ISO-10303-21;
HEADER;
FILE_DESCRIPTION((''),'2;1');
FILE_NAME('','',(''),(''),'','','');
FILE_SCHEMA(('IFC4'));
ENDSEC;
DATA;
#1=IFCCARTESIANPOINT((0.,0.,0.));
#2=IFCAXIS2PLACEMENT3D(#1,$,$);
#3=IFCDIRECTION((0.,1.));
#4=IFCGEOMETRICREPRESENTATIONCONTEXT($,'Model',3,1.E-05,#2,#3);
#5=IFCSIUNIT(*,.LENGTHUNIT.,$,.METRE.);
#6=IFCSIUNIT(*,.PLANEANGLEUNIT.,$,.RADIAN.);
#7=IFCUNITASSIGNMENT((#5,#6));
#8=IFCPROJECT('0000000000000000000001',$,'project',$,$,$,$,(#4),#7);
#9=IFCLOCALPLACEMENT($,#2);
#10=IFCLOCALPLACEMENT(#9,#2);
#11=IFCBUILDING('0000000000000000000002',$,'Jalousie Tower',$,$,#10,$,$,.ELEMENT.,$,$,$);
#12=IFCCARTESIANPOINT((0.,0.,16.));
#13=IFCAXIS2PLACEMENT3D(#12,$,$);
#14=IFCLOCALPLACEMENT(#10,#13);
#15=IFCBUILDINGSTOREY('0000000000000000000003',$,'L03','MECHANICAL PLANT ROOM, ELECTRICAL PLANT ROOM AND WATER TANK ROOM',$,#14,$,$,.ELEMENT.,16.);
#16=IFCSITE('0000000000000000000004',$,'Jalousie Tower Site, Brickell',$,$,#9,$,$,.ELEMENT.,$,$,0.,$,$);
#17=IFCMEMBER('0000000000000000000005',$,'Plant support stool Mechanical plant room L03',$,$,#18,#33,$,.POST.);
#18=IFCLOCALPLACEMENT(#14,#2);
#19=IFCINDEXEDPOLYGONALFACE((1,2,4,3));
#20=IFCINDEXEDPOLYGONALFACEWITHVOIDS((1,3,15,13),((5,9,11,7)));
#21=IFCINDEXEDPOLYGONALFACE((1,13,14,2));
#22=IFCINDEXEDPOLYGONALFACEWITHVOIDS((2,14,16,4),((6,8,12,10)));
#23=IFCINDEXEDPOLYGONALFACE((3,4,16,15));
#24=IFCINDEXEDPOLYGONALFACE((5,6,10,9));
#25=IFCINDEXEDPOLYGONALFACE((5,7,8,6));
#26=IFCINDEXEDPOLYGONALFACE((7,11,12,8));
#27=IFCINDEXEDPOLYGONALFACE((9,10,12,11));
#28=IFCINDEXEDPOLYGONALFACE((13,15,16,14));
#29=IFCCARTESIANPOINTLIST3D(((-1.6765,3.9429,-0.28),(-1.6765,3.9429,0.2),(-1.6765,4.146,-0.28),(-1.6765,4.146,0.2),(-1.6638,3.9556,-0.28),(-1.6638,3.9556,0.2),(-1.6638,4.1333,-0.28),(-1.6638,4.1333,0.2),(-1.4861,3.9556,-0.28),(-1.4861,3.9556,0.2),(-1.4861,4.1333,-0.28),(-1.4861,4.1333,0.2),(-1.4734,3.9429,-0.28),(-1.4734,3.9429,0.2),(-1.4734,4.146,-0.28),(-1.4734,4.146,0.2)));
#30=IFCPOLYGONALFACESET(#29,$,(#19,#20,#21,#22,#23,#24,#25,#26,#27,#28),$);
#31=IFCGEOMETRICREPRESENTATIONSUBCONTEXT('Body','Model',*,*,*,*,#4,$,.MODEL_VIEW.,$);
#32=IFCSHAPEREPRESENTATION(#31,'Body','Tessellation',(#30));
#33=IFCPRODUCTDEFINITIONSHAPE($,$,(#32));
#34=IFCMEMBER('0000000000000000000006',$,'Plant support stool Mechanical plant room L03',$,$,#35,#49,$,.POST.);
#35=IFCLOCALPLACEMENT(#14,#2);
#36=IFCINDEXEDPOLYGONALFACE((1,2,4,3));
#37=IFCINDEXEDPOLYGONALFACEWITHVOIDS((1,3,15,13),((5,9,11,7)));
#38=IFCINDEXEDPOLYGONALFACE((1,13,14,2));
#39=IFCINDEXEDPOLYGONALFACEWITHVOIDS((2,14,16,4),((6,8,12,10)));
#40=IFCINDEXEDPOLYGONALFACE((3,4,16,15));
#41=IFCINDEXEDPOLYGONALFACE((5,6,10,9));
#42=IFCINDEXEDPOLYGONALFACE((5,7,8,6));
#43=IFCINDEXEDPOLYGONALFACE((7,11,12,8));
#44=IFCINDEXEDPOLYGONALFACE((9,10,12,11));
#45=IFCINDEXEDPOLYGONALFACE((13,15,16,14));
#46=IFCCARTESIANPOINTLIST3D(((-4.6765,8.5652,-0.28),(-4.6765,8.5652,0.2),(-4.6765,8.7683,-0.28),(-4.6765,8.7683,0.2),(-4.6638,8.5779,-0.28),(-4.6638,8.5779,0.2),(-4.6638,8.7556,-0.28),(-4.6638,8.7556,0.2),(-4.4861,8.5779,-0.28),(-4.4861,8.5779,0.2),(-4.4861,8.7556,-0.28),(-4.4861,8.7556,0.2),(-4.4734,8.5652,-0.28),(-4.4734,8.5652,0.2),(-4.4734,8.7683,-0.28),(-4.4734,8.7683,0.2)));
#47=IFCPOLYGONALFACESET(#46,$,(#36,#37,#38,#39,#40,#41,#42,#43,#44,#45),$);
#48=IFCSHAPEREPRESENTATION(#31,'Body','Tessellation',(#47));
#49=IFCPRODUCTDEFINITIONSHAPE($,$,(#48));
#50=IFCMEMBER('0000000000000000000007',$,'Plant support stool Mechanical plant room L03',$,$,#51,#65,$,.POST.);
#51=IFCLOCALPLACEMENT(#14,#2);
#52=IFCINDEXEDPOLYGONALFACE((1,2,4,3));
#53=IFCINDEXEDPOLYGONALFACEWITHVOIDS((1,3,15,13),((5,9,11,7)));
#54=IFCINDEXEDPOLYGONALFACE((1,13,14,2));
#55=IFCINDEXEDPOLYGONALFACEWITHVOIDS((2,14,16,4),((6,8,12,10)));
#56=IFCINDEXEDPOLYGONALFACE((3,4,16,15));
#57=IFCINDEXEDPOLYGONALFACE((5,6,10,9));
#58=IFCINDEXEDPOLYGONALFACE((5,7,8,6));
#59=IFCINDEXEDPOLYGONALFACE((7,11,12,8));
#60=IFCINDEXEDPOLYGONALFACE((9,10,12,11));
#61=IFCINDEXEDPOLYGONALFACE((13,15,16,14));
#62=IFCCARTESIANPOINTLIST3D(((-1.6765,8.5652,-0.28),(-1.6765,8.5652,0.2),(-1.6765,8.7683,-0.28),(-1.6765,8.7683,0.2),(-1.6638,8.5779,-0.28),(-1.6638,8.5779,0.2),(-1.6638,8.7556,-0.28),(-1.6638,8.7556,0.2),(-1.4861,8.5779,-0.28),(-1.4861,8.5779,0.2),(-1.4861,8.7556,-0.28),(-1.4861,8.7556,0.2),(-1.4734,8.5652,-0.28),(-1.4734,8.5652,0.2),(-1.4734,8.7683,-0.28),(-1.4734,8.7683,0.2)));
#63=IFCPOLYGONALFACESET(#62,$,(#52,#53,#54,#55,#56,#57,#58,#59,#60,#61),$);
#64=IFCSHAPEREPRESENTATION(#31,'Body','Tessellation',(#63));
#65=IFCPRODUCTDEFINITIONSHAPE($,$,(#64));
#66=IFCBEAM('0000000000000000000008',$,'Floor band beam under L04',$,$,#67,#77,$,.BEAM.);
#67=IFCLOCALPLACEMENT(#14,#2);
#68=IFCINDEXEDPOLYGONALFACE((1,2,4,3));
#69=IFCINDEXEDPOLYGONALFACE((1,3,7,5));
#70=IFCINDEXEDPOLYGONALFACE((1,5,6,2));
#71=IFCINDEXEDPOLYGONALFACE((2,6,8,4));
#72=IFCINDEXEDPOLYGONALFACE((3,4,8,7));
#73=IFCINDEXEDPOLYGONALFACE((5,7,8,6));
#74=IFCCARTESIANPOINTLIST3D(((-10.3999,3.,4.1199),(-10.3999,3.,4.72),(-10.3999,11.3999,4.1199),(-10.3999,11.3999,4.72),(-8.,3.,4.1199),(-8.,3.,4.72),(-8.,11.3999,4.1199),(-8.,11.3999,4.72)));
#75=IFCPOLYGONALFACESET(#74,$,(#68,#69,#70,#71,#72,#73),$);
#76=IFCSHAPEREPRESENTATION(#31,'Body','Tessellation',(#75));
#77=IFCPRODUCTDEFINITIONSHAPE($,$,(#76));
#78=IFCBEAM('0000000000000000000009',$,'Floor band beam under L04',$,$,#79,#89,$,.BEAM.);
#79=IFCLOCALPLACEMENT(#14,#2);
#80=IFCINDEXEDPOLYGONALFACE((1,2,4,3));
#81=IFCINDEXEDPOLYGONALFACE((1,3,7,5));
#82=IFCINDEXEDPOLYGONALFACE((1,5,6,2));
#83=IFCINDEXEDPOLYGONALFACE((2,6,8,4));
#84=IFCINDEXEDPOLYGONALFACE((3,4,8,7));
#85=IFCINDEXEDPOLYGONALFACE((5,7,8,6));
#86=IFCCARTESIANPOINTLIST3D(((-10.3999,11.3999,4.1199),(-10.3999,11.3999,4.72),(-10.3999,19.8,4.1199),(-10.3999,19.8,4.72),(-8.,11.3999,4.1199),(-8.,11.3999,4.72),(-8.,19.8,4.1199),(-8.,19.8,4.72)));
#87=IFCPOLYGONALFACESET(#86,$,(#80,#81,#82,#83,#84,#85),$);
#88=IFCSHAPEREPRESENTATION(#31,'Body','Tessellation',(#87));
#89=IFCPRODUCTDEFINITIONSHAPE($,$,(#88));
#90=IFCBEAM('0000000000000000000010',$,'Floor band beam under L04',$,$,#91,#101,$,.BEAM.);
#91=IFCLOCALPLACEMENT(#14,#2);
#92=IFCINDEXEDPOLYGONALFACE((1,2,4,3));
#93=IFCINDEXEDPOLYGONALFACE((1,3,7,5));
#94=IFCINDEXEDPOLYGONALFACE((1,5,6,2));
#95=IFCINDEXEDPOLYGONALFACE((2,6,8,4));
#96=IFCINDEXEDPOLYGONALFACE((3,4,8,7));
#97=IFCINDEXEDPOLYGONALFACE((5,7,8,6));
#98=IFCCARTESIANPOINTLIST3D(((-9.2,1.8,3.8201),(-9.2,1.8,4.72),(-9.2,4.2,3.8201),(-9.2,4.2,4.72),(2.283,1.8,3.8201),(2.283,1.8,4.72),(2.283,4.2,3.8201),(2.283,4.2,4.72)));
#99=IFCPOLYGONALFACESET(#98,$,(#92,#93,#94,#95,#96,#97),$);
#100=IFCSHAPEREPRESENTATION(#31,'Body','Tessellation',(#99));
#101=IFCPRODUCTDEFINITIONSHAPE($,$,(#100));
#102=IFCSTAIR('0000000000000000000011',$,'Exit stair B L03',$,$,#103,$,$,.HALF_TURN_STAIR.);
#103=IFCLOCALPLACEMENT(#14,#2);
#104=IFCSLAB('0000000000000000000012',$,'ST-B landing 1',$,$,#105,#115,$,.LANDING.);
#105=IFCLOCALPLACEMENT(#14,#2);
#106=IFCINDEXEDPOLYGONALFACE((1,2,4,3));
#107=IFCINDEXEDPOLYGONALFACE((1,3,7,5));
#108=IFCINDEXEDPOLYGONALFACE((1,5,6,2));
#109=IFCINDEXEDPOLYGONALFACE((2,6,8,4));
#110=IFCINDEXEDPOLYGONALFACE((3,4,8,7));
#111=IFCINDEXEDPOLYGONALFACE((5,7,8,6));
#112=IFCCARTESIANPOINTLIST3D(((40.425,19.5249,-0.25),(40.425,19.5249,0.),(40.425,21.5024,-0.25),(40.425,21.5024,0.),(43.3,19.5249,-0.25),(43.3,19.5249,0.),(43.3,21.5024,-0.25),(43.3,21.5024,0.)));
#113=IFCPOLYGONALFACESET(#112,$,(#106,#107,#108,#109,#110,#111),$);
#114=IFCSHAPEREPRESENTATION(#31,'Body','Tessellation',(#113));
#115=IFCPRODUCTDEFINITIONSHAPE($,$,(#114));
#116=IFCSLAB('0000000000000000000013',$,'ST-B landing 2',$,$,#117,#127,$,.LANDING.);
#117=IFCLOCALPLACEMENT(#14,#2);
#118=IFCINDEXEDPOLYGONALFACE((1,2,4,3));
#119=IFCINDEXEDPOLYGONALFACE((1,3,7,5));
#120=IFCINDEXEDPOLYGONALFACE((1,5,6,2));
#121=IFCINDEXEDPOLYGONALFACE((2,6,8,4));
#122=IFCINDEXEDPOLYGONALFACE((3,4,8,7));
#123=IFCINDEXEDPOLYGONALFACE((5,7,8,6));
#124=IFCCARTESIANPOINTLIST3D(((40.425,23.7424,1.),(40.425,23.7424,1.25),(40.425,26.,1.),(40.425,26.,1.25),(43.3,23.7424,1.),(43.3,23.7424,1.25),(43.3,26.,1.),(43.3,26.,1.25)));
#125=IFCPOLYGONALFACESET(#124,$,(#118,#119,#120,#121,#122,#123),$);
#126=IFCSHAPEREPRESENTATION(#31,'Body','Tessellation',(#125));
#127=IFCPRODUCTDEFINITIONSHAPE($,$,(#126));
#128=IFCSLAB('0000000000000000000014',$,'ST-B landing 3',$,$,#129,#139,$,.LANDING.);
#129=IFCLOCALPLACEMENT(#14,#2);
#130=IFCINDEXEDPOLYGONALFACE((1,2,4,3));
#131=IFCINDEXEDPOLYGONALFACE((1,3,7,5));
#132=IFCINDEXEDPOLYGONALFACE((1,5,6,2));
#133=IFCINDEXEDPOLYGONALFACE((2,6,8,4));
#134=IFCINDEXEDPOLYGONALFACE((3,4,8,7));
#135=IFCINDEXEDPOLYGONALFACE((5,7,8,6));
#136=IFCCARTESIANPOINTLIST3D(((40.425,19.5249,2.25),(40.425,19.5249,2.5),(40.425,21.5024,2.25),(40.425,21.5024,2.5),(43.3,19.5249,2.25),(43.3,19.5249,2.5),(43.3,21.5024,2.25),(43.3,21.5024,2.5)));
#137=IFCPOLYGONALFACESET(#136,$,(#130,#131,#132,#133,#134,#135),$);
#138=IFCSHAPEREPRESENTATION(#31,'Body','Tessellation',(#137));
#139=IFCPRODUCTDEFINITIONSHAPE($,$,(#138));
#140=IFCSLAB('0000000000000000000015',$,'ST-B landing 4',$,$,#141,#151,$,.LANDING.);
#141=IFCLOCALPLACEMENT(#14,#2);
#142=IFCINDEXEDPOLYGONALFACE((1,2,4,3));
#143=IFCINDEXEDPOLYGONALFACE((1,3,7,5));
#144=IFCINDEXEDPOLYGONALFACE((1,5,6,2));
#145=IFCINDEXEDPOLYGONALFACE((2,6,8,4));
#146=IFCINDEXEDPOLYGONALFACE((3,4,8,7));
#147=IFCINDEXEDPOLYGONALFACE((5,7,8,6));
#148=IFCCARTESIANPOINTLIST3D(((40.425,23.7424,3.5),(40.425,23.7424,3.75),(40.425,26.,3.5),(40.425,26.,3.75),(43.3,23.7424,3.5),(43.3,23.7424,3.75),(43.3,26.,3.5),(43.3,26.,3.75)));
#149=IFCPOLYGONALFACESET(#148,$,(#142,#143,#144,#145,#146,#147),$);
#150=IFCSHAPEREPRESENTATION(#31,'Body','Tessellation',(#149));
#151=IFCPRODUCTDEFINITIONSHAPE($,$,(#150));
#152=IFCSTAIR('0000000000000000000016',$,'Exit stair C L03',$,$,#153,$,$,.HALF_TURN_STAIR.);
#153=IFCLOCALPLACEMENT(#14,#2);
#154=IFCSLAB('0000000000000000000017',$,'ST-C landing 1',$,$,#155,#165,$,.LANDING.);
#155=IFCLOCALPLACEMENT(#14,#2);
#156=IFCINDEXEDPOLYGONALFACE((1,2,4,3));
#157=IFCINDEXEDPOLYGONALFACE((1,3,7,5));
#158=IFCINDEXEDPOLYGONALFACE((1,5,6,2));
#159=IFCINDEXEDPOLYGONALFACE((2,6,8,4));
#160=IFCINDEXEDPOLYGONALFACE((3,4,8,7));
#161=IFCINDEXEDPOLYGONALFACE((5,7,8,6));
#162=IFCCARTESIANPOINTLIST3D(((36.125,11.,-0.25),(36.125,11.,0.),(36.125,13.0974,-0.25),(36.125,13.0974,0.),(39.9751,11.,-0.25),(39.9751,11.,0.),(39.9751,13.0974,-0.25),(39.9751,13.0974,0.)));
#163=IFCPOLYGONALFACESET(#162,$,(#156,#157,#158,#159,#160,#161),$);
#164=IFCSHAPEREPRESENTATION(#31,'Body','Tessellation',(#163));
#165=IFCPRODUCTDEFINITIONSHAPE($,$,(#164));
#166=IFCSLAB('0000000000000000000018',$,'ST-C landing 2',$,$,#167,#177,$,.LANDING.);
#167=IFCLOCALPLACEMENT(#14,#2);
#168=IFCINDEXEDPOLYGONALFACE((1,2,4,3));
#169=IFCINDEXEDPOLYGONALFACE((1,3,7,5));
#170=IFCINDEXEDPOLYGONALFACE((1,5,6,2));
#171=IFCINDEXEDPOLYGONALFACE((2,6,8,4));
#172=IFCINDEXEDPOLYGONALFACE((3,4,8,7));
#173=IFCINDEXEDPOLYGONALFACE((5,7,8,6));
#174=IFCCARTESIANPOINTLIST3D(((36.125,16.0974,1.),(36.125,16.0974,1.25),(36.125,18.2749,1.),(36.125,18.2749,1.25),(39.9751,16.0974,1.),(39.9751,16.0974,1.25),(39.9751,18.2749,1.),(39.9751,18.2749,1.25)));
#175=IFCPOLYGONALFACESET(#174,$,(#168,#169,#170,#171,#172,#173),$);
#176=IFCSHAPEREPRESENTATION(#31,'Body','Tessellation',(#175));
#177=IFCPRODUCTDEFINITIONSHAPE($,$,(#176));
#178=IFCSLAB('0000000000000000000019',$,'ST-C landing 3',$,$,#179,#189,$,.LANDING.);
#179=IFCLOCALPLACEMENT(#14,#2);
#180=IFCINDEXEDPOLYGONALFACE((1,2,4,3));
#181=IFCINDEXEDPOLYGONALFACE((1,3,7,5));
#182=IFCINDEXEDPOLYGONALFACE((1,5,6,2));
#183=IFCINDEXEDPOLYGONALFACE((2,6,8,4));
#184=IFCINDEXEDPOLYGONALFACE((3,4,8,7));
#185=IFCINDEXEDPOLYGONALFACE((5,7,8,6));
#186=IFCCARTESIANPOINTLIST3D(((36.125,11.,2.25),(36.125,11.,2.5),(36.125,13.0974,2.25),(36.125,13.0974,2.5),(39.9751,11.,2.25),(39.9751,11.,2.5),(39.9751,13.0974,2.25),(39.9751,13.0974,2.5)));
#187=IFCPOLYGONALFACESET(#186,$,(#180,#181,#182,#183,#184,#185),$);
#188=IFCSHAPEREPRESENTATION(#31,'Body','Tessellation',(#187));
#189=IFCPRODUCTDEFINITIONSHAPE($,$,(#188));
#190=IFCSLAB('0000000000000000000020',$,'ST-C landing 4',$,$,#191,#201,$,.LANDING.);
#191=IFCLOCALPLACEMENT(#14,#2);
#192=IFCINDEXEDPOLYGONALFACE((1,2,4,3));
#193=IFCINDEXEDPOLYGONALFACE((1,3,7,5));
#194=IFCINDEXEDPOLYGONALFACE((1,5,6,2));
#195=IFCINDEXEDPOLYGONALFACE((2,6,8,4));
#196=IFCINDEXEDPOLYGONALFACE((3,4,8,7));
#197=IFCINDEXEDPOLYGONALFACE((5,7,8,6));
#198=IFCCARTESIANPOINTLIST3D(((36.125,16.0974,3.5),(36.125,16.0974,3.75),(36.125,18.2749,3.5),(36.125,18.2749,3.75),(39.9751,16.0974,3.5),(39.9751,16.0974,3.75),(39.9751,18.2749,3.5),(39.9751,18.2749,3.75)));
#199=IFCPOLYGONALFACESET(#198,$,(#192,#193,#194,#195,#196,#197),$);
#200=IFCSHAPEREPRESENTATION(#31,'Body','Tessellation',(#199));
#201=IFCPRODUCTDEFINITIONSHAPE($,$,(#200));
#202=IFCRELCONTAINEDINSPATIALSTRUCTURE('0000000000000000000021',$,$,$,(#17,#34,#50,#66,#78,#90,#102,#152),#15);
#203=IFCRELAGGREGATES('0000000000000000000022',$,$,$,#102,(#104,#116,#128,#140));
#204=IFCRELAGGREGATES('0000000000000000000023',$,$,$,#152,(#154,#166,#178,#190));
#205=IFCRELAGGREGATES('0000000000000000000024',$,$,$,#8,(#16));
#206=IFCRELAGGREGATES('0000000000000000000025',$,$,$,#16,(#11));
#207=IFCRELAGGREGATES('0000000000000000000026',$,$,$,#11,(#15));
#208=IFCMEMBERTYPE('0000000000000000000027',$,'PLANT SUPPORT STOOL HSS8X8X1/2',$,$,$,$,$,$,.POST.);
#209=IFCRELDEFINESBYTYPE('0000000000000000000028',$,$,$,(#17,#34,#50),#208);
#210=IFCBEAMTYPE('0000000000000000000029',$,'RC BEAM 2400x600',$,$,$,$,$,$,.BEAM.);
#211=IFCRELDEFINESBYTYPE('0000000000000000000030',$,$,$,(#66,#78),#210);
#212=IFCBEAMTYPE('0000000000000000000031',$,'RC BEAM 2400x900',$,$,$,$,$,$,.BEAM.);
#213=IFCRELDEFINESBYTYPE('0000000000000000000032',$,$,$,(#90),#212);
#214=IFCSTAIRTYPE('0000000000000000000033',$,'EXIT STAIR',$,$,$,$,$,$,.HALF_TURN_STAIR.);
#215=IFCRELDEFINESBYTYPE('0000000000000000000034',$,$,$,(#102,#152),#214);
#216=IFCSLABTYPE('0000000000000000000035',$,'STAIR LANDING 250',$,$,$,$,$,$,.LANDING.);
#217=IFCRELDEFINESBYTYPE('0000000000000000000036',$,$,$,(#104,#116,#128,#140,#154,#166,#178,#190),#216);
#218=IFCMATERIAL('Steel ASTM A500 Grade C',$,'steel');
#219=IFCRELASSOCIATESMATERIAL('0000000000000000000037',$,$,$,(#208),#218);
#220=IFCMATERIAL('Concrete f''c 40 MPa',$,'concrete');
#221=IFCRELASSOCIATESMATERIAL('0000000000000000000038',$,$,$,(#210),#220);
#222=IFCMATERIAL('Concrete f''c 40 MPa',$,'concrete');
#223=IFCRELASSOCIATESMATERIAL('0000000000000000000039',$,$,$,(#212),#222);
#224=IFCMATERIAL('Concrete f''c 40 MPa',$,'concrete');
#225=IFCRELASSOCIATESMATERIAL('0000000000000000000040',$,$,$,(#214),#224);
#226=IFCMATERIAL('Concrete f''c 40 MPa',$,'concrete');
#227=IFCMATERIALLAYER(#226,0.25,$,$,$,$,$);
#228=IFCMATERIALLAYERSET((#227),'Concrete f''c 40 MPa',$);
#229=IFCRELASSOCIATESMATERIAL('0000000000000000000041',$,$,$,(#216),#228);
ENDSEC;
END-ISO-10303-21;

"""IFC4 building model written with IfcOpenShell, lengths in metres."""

from ifc_helpers import new_model, si_unit, direction, frame, origin, origin_2d, place, context, subcontext, project, spatial, polyline, rectangle, hollow_rectangle, outline, extrude, material, layer, layer_set, material_profile, profile_set, type_object, element, aggregate, save


model = new_model("IFC4")

# Units and contexts
model_context = context("Model", 3, precision=1e-05, world=origin(), true_north=direction((0.0, 1.0)))
body_context = subcontext(model_context, "Body", "Model", "MODEL_VIEW")
ifc_project = project(units=[si_unit("LENGTHUNIT", "METRE"), si_unit("PLANEANGLEUNIT", "RADIAN")], contexts=[model_context])

# Site, building, storey
site_placement = place(None, origin())
site = spatial("IfcSite", under=ifc_project, at=site_placement, Name="Jalousie Tower Site, Brickell", CompositionType="ELEMENT", RefElevation=0.0)
building_placement = place(site_placement, origin())
building = spatial("IfcBuilding", under=site, at=building_placement, Name="Jalousie Tower", CompositionType="ELEMENT")
storey_placement = place(building_placement, frame((0.0, 0.0, 16.0)))
storey = spatial("IfcBuildingStorey", under=building, at=storey_placement, Name="L03", Description="MECHANICAL PLANT ROOM, ELECTRICAL PLANT ROOM AND WATER TANK ROOM", CompositionType="ELEMENT", Elevation=16.0)

# Members
ifc_material_1 = material(Name="Steel ASTM A500 Grade C", Category="steel")
ifc_material_profile_1 = material_profile(ifc_material_1, hollow_rectangle(XDim=0.2031, YDim=0.2031, WallThickness=0.0127, at=origin_2d()), Name="HSS8X8X1/2")
ifc_profile_set_1 = profile_set([ifc_material_profile_1], Name="Steel ASTM A500 Grade C")
member_type = type_object("IfcMemberType", Name="PLANT SUPPORT STOOL HSS8X8X1/2", PredefinedType="POST", material=ifc_profile_set_1)
for number, where, z_axis, x_axis, name in (
    (1, (-1.575, 4.0444, -0.28), (0.0, 0.0, 1.0), (1.0, 0.0, 0.0), "Plant support stool Mechanical plant room L03"),
    (2, (-4.575, 8.6667, -0.28), (0.0, 0.0, 1.0), (1.0, 0.0, 0.0), "Plant support stool Mechanical plant room L03"),
    (3, (-1.575, 8.6667, -0.28), (0.0, 0.0, 1.0), (1.0, 0.0, 0.0), "Plant support stool Mechanical plant room L03"),
):
    element("IfcMember", number, at=place(storey_placement, frame(where, z_axis=z_axis, x_axis=x_axis)), inside=storey, type_object=member_type, Name=name, PredefinedType="POST", context=body_context, shape_type="SweptSolid", body=[
        extrude(hollow_rectangle(XDim=0.2031, YDim=0.2031, WallThickness=0.0127, at=origin_2d()), origin(), (0.0, 0.0, 1.0), 0.48),
    ])

# Beams
ifc_material_2 = material(Name="Concrete f'c 40 MPa", Category="concrete")
ifc_material_profile_2 = material_profile(ifc_material_2, rectangle(XDim=2.3999, YDim=0.6001, at=origin_2d()), Name="RC 2400x600")
ifc_profile_set_2 = profile_set([ifc_material_profile_2], Name="Concrete f'c 40 MPa")
beam_type_1 = type_object("IfcBeamType", Name="RC BEAM 2400x600", PredefinedType="BEAM", material=ifc_profile_set_2)
beam_1_placement = place(storey_placement, frame((-9.2, 3.0, 4.4199), z_axis=(0.0, 1.0, 0.0), x_axis=(-1.0, 0.0, 0.0)))
element("IfcBeam", 4, at=beam_1_placement, inside=storey, type_object=beam_type_1, Name="Floor band beam under L04", PredefinedType="BEAM", context=body_context, shape_type="SweptSolid", body=[
    extrude(rectangle(XDim=2.3999, YDim=0.6001, at=origin_2d()), origin(), (0.0, 0.0, 1.0), 8.3999),
])
beam_2_placement = place(storey_placement, frame((-9.2, 11.3999, 4.4199), z_axis=(0.0, 1.0, 0.0), x_axis=(-1.0, 0.0, 0.0)))
element("IfcBeam", 5, at=beam_2_placement, inside=storey, type_object=beam_type_1, Name="Floor band beam under L04", PredefinedType="BEAM", context=body_context, shape_type="SweptSolid", body=[
    extrude(rectangle(XDim=2.3999, YDim=0.6001, at=origin_2d()), origin(), (0.0, 0.0, 1.0), 8.4001),
])
ifc_material_3 = material(Name="Concrete f'c 40 MPa", Category="concrete")
ifc_material_profile_3 = material_profile(ifc_material_3, rectangle(XDim=2.3999, YDim=0.8999, at=origin_2d()), Name="RC 2400x900")
ifc_profile_set_3 = profile_set([ifc_material_profile_3], Name="Concrete f'c 40 MPa")
beam_type_2 = type_object("IfcBeamType", Name="RC BEAM 2400x900", PredefinedType="BEAM", material=ifc_profile_set_3)
beam_3_placement = place(storey_placement, frame((-9.2, 3.0, 4.27), z_axis=(1.0, 0.0, 0.0), x_axis=(0.0, 1.0, 0.0)))
element("IfcBeam", 6, at=beam_3_placement, inside=storey, type_object=beam_type_2, Name="Floor band beam under L04", PredefinedType="BEAM", context=body_context, shape_type="SweptSolid", body=[
    extrude(rectangle(XDim=2.3999, YDim=0.8999, at=origin_2d()), origin(), (0.0, 0.0, 1.0), 11.4829),
])

# Stairs, slabs
ifc_material_4 = material(Name="Concrete f'c 40 MPa", Category="concrete")
stair_type = type_object("IfcStairType", Name="EXIT STAIR", PredefinedType="HALF_TURN_STAIR", material=ifc_material_4)
stair_1_placement = place(storey_placement, origin())
stair_1 = element("IfcStair", 7, at=stair_1_placement, inside=storey, type_object=stair_type, Name="Exit stair B L03", PredefinedType="HALF_TURN_STAIR")
ifc_material_5 = material(Name="Concrete f'c 40 MPa", Category="concrete")
ifc_layer = layer(ifc_material_5, 0.25)
ifc_layer_set = layer_set([ifc_layer], Name="Concrete f'c 40 MPa")
slab_type = type_object("IfcSlabType", Name="STAIR LANDING 250", PredefinedType="LANDING", material=ifc_layer_set)
slab_1_placement = place(storey_placement, frame((0.0, 0.0, -0.25)))
slab_1 = element("IfcSlab", 8, at=slab_1_placement, type_object=slab_type, Name="ST-B landing 1", PredefinedType="LANDING", context=body_context, shape_type="SweptSolid", body=[
    extrude(outline(polyline([(40.425, 19.5249), (43.3, 19.5249), (43.3, 21.5024), (40.425, 21.5024), (40.425, 19.5249)])), origin(), (0.0, 0.0, 1.0), 0.25),
])
slab_2_placement = place(storey_placement, frame((0.0, 0.0, 1.0)))
slab_2 = element("IfcSlab", 9, at=slab_2_placement, type_object=slab_type, Name="ST-B landing 2", PredefinedType="LANDING", context=body_context, shape_type="SweptSolid", body=[
    extrude(outline(polyline([(40.425, 23.7424), (43.3, 23.7424), (43.3, 26.0), (40.425, 26.0), (40.425, 23.7424)])), origin(), (0.0, 0.0, 1.0), 0.25),
])
slab_3_placement = place(storey_placement, frame((0.0, 0.0, 2.25)))
slab_3 = element("IfcSlab", 10, at=slab_3_placement, type_object=slab_type, Name="ST-B landing 3", PredefinedType="LANDING", context=body_context, shape_type="SweptSolid", body=[
    extrude(outline(polyline([(40.425, 19.5249), (43.3, 19.5249), (43.3, 21.5024), (40.425, 21.5024), (40.425, 19.5249)])), origin(), (0.0, 0.0, 1.0), 0.25),
])
slab_4_placement = place(storey_placement, frame((0.0, 0.0, 3.5)))
slab_4 = element("IfcSlab", 11, at=slab_4_placement, type_object=slab_type, Name="ST-B landing 4", PredefinedType="LANDING", context=body_context, shape_type="SweptSolid", body=[
    extrude(outline(polyline([(40.425, 23.7424), (43.3, 23.7424), (43.3, 26.0), (40.425, 26.0), (40.425, 23.7424)])), origin(), (0.0, 0.0, 1.0), 0.25),
])
aggregate(stair_1, [slab_1, slab_2, slab_3, slab_4])
stair_2_placement = place(storey_placement, origin())
stair_2 = element("IfcStair", 12, at=stair_2_placement, inside=storey, type_object=stair_type, Name="Exit stair C L03", PredefinedType="HALF_TURN_STAIR")
slab_5_placement = place(storey_placement, frame((0.0, 0.0, -0.25)))
slab_5 = element("IfcSlab", 13, at=slab_5_placement, type_object=slab_type, Name="ST-C landing 1", PredefinedType="LANDING", context=body_context, shape_type="SweptSolid", body=[
    extrude(outline(polyline([(36.125, 11.0), (39.9751, 11.0), (39.9751, 13.0974), (36.125, 13.0974), (36.125, 11.0)])), origin(), (0.0, 0.0, 1.0), 0.25),
])
slab_6_placement = place(storey_placement, frame((0.0, 0.0, 1.0)))
slab_6 = element("IfcSlab", 14, at=slab_6_placement, type_object=slab_type, Name="ST-C landing 2", PredefinedType="LANDING", context=body_context, shape_type="SweptSolid", body=[
    extrude(outline(polyline([(36.125, 16.0974), (39.9751, 16.0974), (39.9751, 18.2749), (36.125, 18.2749), (36.125, 16.0974)])), origin(), (0.0, 0.0, 1.0), 0.25),
])
slab_7_placement = place(storey_placement, frame((0.0, 0.0, 2.25)))
slab_7 = element("IfcSlab", 15, at=slab_7_placement, type_object=slab_type, Name="ST-C landing 3", PredefinedType="LANDING", context=body_context, shape_type="SweptSolid", body=[
    extrude(outline(polyline([(36.125, 11.0), (39.9751, 11.0), (39.9751, 13.0974), (36.125, 13.0974), (36.125, 11.0)])), origin(), (0.0, 0.0, 1.0), 0.25),
])
slab_8_placement = place(storey_placement, frame((0.0, 0.0, 3.5)))
slab_8 = element("IfcSlab", 16, at=slab_8_placement, type_object=slab_type, Name="ST-C landing 4", PredefinedType="LANDING", context=body_context, shape_type="SweptSolid", body=[
    extrude(outline(polyline([(36.125, 16.0974), (39.9751, 16.0974), (39.9751, 18.2749), (36.125, 18.2749), (36.125, 16.0974)])), origin(), (0.0, 0.0, 1.0), 0.25),
])
aggregate(stair_2, [slab_5, slab_6, slab_7, slab_8])

save(model, "model.ifc")
